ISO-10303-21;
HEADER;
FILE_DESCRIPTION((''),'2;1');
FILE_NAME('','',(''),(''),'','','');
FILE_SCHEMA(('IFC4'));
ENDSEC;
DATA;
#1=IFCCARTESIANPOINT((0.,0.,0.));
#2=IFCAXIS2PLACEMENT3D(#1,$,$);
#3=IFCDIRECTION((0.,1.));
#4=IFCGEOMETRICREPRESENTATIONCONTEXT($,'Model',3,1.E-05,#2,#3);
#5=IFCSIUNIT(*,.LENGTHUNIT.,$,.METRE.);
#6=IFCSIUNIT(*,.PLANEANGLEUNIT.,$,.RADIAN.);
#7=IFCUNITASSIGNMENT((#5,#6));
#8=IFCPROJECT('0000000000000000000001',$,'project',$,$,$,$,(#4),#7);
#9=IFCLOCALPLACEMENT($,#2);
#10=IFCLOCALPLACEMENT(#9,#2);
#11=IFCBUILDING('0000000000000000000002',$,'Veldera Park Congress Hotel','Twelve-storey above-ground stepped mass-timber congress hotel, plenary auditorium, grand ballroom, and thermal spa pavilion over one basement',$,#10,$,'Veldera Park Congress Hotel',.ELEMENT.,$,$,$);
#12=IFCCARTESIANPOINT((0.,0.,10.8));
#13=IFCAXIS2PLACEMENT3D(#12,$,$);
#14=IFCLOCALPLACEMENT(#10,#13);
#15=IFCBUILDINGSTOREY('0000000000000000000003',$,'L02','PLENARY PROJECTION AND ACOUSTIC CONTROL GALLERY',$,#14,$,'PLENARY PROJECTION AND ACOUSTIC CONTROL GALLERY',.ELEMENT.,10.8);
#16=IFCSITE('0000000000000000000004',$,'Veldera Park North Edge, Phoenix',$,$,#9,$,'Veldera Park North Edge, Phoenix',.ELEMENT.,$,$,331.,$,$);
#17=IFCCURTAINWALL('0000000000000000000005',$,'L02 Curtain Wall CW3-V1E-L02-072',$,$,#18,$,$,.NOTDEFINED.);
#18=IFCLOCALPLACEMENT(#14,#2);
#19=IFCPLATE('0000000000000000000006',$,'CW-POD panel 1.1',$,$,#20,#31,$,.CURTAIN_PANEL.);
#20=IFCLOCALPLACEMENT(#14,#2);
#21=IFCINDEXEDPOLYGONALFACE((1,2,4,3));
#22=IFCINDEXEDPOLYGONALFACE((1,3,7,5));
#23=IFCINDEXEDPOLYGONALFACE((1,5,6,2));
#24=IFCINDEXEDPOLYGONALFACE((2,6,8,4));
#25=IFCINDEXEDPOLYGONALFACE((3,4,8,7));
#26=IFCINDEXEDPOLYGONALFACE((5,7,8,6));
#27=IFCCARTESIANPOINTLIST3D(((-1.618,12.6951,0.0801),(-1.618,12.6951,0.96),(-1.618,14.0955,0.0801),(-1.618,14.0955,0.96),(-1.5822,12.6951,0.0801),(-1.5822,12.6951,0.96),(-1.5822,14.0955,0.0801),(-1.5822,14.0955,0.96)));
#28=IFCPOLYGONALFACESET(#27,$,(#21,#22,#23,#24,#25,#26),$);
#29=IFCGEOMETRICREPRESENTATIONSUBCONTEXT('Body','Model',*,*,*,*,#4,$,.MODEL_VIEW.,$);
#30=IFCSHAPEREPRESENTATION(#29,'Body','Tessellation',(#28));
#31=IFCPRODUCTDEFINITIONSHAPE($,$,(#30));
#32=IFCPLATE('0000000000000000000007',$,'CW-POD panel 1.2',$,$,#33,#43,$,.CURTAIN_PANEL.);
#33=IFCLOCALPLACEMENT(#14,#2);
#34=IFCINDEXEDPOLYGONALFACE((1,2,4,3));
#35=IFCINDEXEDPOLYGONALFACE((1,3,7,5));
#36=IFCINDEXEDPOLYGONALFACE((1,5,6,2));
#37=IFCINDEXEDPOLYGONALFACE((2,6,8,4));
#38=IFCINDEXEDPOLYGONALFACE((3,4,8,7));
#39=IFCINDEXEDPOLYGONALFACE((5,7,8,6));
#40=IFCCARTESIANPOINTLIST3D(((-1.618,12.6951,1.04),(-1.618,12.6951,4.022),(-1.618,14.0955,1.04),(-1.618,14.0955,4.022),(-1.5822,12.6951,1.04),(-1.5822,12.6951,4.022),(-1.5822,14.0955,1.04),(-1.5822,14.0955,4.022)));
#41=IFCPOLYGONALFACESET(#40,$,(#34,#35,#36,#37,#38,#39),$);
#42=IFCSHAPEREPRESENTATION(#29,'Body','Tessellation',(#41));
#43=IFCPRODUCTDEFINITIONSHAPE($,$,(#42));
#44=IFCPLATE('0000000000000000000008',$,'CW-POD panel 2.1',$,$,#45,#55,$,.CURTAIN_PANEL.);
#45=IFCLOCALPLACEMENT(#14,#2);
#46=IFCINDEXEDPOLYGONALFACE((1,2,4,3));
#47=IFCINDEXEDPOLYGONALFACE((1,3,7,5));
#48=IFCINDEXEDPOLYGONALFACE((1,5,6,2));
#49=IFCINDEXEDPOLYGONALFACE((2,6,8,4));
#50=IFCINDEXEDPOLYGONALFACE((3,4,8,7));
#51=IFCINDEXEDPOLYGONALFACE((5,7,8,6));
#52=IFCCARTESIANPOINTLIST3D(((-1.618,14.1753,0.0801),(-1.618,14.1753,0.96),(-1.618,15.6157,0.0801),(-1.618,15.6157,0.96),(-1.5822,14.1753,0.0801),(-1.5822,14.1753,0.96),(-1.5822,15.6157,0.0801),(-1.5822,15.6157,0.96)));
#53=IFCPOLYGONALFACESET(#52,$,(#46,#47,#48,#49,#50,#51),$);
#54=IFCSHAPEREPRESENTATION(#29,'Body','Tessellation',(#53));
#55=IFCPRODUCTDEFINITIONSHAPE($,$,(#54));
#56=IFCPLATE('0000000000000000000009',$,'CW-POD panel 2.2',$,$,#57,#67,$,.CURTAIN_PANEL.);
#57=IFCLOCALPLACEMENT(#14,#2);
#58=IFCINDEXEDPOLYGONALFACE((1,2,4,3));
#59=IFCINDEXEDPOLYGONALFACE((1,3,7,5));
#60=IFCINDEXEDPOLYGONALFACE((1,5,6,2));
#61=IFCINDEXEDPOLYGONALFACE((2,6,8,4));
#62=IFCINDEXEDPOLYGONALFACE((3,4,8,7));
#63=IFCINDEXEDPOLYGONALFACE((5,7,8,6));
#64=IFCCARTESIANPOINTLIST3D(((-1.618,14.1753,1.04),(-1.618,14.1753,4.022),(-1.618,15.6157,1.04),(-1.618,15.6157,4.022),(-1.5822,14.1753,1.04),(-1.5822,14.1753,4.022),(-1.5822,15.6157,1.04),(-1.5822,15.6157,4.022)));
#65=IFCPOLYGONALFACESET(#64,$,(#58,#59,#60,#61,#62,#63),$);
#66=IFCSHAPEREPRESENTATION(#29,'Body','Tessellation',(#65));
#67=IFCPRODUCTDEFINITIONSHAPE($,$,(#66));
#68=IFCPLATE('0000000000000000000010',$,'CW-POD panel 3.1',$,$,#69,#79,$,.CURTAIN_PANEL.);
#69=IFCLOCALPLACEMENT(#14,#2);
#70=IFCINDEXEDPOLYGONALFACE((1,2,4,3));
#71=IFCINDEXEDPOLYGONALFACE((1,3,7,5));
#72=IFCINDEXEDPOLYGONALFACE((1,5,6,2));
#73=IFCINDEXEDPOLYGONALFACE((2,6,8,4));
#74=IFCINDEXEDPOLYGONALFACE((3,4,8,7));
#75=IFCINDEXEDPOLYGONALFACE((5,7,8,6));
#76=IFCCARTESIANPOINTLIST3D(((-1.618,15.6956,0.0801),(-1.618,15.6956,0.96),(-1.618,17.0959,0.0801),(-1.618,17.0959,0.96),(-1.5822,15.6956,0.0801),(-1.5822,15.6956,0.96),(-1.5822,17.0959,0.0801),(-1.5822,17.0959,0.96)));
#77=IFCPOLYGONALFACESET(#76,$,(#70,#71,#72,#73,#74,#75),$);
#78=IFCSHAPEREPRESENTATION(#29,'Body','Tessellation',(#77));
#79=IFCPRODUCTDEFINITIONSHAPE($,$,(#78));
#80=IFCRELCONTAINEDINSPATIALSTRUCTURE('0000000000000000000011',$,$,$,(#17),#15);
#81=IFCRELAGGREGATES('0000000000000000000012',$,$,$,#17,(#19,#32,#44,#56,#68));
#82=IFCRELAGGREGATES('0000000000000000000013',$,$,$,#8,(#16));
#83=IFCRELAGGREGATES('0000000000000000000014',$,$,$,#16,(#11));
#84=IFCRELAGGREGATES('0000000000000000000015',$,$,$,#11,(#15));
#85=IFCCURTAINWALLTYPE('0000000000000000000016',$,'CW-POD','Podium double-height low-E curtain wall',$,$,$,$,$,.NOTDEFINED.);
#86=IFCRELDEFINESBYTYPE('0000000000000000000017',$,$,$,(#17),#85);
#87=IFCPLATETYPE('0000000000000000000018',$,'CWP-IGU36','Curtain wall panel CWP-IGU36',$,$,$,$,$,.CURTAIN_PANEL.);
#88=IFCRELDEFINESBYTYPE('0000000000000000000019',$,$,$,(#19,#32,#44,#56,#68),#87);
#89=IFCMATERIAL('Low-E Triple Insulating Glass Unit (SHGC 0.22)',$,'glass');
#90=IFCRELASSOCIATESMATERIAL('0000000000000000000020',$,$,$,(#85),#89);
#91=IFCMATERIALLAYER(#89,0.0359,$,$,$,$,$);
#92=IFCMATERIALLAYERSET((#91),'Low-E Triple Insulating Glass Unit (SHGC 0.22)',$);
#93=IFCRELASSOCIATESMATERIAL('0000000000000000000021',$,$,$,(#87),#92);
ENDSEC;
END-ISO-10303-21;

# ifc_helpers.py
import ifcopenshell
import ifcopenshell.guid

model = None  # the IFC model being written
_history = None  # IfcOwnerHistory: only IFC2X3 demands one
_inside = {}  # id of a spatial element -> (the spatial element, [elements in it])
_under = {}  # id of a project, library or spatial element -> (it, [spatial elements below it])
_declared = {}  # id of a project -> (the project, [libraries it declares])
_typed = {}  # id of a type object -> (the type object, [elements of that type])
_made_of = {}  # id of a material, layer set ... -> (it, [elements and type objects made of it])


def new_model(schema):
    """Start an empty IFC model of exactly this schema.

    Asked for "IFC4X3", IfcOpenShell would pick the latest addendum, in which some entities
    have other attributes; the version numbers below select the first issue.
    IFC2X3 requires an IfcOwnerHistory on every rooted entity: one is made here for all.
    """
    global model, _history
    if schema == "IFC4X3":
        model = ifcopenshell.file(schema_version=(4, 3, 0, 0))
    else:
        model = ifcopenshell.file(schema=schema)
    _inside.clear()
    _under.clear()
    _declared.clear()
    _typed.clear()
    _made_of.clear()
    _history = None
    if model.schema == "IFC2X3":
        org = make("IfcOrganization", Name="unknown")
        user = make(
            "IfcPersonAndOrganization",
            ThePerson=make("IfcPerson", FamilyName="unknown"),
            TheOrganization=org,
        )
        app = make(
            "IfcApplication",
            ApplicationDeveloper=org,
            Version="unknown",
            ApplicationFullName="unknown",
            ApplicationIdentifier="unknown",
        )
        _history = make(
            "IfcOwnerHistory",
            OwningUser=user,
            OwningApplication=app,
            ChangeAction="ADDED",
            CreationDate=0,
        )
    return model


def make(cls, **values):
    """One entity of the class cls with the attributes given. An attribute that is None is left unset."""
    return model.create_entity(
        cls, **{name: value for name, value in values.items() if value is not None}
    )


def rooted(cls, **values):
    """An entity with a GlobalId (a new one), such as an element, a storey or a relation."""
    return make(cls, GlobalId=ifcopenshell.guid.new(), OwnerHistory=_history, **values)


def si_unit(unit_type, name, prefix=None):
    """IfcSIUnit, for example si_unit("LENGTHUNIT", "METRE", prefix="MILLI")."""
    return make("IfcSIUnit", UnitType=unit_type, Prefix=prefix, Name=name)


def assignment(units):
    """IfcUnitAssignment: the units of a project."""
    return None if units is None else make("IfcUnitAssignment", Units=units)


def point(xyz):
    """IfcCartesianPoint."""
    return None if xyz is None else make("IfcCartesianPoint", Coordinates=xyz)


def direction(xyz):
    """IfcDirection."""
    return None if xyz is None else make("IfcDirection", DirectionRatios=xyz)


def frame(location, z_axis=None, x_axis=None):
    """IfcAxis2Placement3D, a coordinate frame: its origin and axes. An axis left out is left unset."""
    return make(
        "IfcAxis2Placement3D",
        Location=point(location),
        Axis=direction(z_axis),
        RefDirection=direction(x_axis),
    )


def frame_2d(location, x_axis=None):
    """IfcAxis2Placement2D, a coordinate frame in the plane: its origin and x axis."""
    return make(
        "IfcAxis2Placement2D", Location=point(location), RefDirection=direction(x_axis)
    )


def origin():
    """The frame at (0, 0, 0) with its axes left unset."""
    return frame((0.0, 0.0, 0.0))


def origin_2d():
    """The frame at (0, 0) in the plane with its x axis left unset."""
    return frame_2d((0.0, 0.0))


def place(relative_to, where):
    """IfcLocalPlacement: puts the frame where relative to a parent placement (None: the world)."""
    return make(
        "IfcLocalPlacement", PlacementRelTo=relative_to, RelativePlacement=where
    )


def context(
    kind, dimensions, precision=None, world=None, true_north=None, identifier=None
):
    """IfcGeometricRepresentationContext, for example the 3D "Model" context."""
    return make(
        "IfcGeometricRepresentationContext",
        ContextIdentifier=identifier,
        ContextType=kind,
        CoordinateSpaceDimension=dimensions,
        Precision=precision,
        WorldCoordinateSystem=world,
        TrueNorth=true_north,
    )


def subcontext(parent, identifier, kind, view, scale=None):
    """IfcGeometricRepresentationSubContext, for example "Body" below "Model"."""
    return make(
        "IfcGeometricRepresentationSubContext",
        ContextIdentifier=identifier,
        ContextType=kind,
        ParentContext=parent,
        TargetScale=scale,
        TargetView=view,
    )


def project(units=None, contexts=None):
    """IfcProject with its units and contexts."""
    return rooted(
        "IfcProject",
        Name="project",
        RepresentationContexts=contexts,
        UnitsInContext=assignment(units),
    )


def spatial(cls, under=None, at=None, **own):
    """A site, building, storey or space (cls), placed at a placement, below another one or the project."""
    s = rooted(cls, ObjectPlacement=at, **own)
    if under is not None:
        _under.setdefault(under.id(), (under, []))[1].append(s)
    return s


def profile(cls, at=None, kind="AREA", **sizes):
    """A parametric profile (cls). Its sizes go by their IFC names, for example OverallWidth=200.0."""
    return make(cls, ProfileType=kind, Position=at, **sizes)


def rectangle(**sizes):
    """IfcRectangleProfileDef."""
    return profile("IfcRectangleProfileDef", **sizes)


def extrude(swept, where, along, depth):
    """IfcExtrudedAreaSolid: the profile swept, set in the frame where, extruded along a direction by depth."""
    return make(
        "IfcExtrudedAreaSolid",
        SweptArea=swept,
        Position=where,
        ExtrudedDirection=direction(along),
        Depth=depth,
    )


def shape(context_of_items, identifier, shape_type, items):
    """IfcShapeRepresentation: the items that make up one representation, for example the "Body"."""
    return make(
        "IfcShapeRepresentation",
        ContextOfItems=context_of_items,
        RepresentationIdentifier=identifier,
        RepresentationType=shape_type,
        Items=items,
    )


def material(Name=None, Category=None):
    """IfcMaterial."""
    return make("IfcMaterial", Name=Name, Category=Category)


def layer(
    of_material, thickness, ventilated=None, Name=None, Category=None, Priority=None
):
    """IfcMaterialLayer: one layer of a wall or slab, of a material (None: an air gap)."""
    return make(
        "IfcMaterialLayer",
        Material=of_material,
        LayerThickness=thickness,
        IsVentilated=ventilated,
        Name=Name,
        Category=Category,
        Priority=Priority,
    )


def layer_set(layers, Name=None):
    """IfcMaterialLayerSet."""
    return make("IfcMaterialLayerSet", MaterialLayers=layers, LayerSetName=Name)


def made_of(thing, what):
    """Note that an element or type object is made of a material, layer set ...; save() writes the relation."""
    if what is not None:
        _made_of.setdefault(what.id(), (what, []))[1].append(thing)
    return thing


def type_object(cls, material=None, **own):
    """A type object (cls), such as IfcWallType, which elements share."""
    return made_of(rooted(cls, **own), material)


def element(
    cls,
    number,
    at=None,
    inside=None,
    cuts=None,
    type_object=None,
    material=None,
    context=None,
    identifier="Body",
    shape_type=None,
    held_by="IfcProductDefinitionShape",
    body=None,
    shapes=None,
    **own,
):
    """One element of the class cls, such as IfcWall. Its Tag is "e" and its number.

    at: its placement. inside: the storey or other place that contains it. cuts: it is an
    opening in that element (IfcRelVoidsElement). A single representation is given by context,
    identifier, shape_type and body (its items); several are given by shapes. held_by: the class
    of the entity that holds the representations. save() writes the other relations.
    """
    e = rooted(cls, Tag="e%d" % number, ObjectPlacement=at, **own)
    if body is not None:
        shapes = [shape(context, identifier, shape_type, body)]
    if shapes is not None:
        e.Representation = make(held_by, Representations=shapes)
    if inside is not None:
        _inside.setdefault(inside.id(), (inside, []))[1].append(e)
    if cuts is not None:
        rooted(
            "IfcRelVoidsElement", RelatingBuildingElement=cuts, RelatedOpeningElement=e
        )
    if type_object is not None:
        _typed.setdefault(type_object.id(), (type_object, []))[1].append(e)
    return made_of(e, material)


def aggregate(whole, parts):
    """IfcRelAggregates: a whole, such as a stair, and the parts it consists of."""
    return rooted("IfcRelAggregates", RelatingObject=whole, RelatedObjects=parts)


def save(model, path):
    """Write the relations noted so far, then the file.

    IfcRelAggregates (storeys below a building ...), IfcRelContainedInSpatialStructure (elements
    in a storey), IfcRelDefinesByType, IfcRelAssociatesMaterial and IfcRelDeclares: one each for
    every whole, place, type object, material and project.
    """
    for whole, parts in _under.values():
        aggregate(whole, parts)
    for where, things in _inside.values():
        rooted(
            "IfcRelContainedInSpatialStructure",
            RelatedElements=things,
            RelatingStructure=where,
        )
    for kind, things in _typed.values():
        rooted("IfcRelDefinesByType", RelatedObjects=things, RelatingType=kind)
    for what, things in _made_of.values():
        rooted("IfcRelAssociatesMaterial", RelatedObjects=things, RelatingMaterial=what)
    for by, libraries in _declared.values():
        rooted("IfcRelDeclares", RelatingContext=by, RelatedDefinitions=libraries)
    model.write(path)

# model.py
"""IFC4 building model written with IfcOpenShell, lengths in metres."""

from ifc_helpers import new_model, si_unit, direction, frame, origin, origin_2d, place, context, subcontext, project, spatial, rectangle, extrude, material, layer, layer_set, type_object, element, aggregate, save


model = new_model("IFC4")

# Units and contexts
model_context = context("Model", 3, precision=1e-05, world=origin(), true_north=direction((0.0, 1.0)))
body_context = subcontext(model_context, "Body", "Model", "MODEL_VIEW")
ifc_project = project(units=[si_unit("LENGTHUNIT", "METRE"), si_unit("PLANEANGLEUNIT", "RADIAN")], contexts=[model_context])

# Site, building, storey
site_placement = place(None, origin())
site = spatial("IfcSite", under=ifc_project, at=site_placement, Name="Veldera Park North Edge, Phoenix", LongName="Veldera Park North Edge, Phoenix", CompositionType="ELEMENT", RefElevation=331.0)
building_placement = place(site_placement, origin())
building = spatial("IfcBuilding", under=site, at=building_placement, Name="Veldera Park Congress Hotel", Description="Twelve-storey above-ground stepped mass-timber congress hotel, plenary auditorium, grand ballroom, and thermal spa pavilion over one basement", LongName="Veldera Park Congress Hotel", CompositionType="ELEMENT")
storey_placement = place(building_placement, frame((0.0, 0.0, 10.8)))
storey = spatial("IfcBuildingStorey", under=building, at=storey_placement, Name="L02", Description="PLENARY PROJECTION AND ACOUSTIC CONTROL GALLERY", LongName="PLENARY PROJECTION AND ACOUSTIC CONTROL GALLERY", CompositionType="ELEMENT", Elevation=10.8)

# Shared definitions
ifc_material_1 = material(Name="Low-E Triple Insulating Glass Unit (SHGC 0.22)", Category="glass")
curtain_wall_type = type_object("IfcCurtainWallType", Name="CW-POD", Description="Podium double-height low-E curtain wall", PredefinedType="NOTDEFINED", material=ifc_material_1)

# Curtain wall
curtain_wall_1_placement = place(storey_placement, origin())
curtain_wall_1 = element("IfcCurtainWall", 1, at=curtain_wall_1_placement, inside=storey, type_object=curtain_wall_type, Name="L02 Curtain Wall CW3-V1E-L02-072", PredefinedType="NOTDEFINED")

# Plates
ifc_layer = layer(ifc_material_1, 0.0359)
ifc_layer_set = layer_set([ifc_layer], Name="Low-E Triple Insulating Glass Unit (SHGC 0.22)")
plate_type = type_object("IfcPlateType", Name="CWP-IGU36", Description="Curtain wall panel CWP-IGU36", PredefinedType="CURTAIN_PANEL", material=ifc_layer_set)
plate_1_placement = place(storey_placement, frame((-1.6001, 13.3953, 0.0801), z_axis=(0.0, 0.0, 1.0), x_axis=(0.0, 1.0, 0.0)))
plate_1 = element("IfcPlate", 2, at=plate_1_placement, type_object=plate_type, Name="CW-POD panel 1.1", PredefinedType="CURTAIN_PANEL", context=body_context, shape_type="SweptSolid", body=[
    extrude(rectangle(XDim=1.4004, YDim=0.0359, at=origin_2d()), origin(), (0.0, 0.0, 1.0), 0.8799),
])
plate_2_placement = place(storey_placement, frame((-1.6001, 13.3953, 1.04), z_axis=(0.0, 0.0, 1.0), x_axis=(0.0, 1.0, 0.0)))
plate_2 = element("IfcPlate", 3, at=plate_2_placement, type_object=plate_type, Name="CW-POD panel 1.2", PredefinedType="CURTAIN_PANEL", context=body_context, shape_type="SweptSolid", body=[
    extrude(rectangle(XDim=1.4004, YDim=0.0359, at=origin_2d()), origin(), (0.0, 0.0, 1.0), 2.9819),
])
plate_3_placement = place(storey_placement, frame((-1.6001, 14.8955, 0.0801), z_axis=(0.0, 0.0, 1.0), x_axis=(0.0, 1.0, 0.0)))
plate_3 = element("IfcPlate", 4, at=plate_3_placement, type_object=plate_type, Name="CW-POD panel 2.1", PredefinedType="CURTAIN_PANEL", context=body_context, shape_type="SweptSolid", body=[
    extrude(rectangle(XDim=1.4404, YDim=0.0359, at=origin_2d()), origin(), (0.0, 0.0, 1.0), 0.8799),
])
plate_4_placement = place(storey_placement, frame((-1.6001, 14.8955, 1.04), z_axis=(0.0, 0.0, 1.0), x_axis=(0.0, 1.0, 0.0)))
plate_4 = element("IfcPlate", 5, at=plate_4_placement, type_object=plate_type, Name="CW-POD panel 2.2", PredefinedType="CURTAIN_PANEL", context=body_context, shape_type="SweptSolid", body=[
    extrude(rectangle(XDim=1.4404, YDim=0.0359, at=origin_2d()), origin(), (0.0, 0.0, 1.0), 2.9819),
])
plate_5_placement = place(storey_placement, frame((-1.6001, 16.3958, 0.0801), z_axis=(0.0, 0.0, 1.0), x_axis=(0.0, 1.0, 0.0)))
plate_5 = element("IfcPlate", 6, at=plate_5_placement, type_object=plate_type, Name="CW-POD panel 3.1", PredefinedType="CURTAIN_PANEL", context=body_context, shape_type="SweptSolid", body=[
    extrude(rectangle(XDim=1.4004, YDim=0.0359, at=origin_2d()), origin(), (0.0, 0.0, 1.0), 0.8799),
])
aggregate(curtain_wall_1, [plate_1, plate_2, plate_3, plate_4, plate_5])

save(model, "model.ifc")
